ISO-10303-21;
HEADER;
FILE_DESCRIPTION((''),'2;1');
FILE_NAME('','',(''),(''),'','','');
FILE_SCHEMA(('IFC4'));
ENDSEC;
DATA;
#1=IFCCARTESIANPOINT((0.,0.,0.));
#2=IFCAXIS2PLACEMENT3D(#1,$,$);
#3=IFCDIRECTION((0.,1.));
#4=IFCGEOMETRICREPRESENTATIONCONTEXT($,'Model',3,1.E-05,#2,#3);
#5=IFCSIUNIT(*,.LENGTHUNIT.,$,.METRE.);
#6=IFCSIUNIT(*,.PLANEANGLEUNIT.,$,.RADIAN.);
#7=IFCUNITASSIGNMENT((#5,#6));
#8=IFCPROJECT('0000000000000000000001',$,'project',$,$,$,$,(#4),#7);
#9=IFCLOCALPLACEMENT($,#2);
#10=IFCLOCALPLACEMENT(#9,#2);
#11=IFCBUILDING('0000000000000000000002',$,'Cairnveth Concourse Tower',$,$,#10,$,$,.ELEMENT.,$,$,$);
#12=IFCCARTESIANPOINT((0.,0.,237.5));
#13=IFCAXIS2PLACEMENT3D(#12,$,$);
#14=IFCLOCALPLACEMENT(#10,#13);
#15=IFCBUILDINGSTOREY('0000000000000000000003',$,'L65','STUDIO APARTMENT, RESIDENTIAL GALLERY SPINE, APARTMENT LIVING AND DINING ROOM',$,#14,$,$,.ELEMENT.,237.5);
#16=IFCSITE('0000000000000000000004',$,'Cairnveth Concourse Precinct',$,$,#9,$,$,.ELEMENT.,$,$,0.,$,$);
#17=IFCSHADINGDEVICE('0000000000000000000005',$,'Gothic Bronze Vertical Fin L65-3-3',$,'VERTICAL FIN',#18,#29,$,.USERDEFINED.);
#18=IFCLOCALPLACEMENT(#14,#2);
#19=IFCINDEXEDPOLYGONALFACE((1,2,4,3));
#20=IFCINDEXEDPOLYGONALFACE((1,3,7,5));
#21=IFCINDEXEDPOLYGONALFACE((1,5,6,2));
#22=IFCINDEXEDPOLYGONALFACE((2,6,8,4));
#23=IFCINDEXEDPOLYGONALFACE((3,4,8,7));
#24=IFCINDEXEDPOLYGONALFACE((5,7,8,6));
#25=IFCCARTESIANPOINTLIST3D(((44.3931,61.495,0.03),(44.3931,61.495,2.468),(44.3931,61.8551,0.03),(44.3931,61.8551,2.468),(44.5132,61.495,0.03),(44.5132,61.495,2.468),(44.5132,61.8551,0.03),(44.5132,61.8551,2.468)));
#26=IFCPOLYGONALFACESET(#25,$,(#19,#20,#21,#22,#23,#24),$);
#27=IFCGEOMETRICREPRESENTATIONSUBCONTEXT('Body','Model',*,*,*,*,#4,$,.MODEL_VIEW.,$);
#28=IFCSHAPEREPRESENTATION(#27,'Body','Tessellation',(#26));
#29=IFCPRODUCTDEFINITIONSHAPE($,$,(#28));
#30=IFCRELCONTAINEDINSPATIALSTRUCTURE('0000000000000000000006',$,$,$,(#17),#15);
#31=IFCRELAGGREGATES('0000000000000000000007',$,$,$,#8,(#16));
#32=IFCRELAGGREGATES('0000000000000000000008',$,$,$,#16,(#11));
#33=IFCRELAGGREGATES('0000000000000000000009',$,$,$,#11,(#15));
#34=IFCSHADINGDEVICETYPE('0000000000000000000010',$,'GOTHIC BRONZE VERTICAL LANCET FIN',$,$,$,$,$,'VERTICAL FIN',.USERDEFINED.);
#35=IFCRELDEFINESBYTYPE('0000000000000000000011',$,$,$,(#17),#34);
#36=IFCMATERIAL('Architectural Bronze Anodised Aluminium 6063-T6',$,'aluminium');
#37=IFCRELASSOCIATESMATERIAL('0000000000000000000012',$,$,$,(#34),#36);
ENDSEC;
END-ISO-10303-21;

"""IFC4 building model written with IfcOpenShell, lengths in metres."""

from ifc_helpers import new_model, si_unit, direction, frame, origin, origin_2d, place, context, subcontext, project, spatial, rectangle, extrude, material, type_object, element, save


model = new_model("IFC4")

# Units and contexts
model_context = context("Model", 3, precision=1e-05, world=origin(), true_north=direction((0.0, 1.0)))
body_context = subcontext(model_context, "Body", "Model", "MODEL_VIEW")
ifc_project = project(units=[si_unit("LENGTHUNIT", "METRE"), si_unit("PLANEANGLEUNIT", "RADIAN")], contexts=[model_context])

# Site, building, storey
site_placement = place(None, origin())
site = spatial("IfcSite", under=ifc_project, at=site_placement, Name="Cairnveth Concourse Precinct", CompositionType="ELEMENT", RefElevation=0.0)
building_placement = place(site_placement, origin())
building = spatial("IfcBuilding", under=site, at=building_placement, Name="Cairnveth Concourse Tower", CompositionType="ELEMENT")
storey_placement = place(building_placement, frame((0.0, 0.0, 237.5)))
storey = spatial("IfcBuildingStorey", under=building, at=storey_placement, Name="L65", Description="STUDIO APARTMENT, RESIDENTIAL GALLERY SPINE, APARTMENT LIVING AND DINING ROOM", CompositionType="ELEMENT", Elevation=237.5)

# Shading device
ifc_material_1 = material(Name="Architectural Bronze Anodised Aluminium 6063-T6", Category="aluminium")
shading_device_type = type_object("IfcShadingDeviceType", Name="GOTHIC BRONZE VERTICAL LANCET FIN", ElementType="VERTICAL FIN", PredefinedType="USERDEFINED", material=ifc_material_1)
for number, where, z_axis, x_axis, name in (
    (1, (44.4531, 61.675, 0.03), (0.0, 0.0, 1.0), (1.0, 0.0, 0.0), "Gothic Bronze Vertical Fin L65-3-3"),
):
    element("IfcShadingDevice", number, at=place(storey_placement, frame(where, z_axis=z_axis, x_axis=x_axis)), inside=storey, type_object=shading_device_type, Name=name, ObjectType="VERTICAL FIN", PredefinedType="USERDEFINED", context=body_context, shape_type="SweptSolid", body=[
        extrude(rectangle(XDim=0.1201, YDim=0.3601, at=origin_2d()), origin(), (0.0, 0.0, 1.0), 2.438),
    ])

save(model, "model.ifc")
